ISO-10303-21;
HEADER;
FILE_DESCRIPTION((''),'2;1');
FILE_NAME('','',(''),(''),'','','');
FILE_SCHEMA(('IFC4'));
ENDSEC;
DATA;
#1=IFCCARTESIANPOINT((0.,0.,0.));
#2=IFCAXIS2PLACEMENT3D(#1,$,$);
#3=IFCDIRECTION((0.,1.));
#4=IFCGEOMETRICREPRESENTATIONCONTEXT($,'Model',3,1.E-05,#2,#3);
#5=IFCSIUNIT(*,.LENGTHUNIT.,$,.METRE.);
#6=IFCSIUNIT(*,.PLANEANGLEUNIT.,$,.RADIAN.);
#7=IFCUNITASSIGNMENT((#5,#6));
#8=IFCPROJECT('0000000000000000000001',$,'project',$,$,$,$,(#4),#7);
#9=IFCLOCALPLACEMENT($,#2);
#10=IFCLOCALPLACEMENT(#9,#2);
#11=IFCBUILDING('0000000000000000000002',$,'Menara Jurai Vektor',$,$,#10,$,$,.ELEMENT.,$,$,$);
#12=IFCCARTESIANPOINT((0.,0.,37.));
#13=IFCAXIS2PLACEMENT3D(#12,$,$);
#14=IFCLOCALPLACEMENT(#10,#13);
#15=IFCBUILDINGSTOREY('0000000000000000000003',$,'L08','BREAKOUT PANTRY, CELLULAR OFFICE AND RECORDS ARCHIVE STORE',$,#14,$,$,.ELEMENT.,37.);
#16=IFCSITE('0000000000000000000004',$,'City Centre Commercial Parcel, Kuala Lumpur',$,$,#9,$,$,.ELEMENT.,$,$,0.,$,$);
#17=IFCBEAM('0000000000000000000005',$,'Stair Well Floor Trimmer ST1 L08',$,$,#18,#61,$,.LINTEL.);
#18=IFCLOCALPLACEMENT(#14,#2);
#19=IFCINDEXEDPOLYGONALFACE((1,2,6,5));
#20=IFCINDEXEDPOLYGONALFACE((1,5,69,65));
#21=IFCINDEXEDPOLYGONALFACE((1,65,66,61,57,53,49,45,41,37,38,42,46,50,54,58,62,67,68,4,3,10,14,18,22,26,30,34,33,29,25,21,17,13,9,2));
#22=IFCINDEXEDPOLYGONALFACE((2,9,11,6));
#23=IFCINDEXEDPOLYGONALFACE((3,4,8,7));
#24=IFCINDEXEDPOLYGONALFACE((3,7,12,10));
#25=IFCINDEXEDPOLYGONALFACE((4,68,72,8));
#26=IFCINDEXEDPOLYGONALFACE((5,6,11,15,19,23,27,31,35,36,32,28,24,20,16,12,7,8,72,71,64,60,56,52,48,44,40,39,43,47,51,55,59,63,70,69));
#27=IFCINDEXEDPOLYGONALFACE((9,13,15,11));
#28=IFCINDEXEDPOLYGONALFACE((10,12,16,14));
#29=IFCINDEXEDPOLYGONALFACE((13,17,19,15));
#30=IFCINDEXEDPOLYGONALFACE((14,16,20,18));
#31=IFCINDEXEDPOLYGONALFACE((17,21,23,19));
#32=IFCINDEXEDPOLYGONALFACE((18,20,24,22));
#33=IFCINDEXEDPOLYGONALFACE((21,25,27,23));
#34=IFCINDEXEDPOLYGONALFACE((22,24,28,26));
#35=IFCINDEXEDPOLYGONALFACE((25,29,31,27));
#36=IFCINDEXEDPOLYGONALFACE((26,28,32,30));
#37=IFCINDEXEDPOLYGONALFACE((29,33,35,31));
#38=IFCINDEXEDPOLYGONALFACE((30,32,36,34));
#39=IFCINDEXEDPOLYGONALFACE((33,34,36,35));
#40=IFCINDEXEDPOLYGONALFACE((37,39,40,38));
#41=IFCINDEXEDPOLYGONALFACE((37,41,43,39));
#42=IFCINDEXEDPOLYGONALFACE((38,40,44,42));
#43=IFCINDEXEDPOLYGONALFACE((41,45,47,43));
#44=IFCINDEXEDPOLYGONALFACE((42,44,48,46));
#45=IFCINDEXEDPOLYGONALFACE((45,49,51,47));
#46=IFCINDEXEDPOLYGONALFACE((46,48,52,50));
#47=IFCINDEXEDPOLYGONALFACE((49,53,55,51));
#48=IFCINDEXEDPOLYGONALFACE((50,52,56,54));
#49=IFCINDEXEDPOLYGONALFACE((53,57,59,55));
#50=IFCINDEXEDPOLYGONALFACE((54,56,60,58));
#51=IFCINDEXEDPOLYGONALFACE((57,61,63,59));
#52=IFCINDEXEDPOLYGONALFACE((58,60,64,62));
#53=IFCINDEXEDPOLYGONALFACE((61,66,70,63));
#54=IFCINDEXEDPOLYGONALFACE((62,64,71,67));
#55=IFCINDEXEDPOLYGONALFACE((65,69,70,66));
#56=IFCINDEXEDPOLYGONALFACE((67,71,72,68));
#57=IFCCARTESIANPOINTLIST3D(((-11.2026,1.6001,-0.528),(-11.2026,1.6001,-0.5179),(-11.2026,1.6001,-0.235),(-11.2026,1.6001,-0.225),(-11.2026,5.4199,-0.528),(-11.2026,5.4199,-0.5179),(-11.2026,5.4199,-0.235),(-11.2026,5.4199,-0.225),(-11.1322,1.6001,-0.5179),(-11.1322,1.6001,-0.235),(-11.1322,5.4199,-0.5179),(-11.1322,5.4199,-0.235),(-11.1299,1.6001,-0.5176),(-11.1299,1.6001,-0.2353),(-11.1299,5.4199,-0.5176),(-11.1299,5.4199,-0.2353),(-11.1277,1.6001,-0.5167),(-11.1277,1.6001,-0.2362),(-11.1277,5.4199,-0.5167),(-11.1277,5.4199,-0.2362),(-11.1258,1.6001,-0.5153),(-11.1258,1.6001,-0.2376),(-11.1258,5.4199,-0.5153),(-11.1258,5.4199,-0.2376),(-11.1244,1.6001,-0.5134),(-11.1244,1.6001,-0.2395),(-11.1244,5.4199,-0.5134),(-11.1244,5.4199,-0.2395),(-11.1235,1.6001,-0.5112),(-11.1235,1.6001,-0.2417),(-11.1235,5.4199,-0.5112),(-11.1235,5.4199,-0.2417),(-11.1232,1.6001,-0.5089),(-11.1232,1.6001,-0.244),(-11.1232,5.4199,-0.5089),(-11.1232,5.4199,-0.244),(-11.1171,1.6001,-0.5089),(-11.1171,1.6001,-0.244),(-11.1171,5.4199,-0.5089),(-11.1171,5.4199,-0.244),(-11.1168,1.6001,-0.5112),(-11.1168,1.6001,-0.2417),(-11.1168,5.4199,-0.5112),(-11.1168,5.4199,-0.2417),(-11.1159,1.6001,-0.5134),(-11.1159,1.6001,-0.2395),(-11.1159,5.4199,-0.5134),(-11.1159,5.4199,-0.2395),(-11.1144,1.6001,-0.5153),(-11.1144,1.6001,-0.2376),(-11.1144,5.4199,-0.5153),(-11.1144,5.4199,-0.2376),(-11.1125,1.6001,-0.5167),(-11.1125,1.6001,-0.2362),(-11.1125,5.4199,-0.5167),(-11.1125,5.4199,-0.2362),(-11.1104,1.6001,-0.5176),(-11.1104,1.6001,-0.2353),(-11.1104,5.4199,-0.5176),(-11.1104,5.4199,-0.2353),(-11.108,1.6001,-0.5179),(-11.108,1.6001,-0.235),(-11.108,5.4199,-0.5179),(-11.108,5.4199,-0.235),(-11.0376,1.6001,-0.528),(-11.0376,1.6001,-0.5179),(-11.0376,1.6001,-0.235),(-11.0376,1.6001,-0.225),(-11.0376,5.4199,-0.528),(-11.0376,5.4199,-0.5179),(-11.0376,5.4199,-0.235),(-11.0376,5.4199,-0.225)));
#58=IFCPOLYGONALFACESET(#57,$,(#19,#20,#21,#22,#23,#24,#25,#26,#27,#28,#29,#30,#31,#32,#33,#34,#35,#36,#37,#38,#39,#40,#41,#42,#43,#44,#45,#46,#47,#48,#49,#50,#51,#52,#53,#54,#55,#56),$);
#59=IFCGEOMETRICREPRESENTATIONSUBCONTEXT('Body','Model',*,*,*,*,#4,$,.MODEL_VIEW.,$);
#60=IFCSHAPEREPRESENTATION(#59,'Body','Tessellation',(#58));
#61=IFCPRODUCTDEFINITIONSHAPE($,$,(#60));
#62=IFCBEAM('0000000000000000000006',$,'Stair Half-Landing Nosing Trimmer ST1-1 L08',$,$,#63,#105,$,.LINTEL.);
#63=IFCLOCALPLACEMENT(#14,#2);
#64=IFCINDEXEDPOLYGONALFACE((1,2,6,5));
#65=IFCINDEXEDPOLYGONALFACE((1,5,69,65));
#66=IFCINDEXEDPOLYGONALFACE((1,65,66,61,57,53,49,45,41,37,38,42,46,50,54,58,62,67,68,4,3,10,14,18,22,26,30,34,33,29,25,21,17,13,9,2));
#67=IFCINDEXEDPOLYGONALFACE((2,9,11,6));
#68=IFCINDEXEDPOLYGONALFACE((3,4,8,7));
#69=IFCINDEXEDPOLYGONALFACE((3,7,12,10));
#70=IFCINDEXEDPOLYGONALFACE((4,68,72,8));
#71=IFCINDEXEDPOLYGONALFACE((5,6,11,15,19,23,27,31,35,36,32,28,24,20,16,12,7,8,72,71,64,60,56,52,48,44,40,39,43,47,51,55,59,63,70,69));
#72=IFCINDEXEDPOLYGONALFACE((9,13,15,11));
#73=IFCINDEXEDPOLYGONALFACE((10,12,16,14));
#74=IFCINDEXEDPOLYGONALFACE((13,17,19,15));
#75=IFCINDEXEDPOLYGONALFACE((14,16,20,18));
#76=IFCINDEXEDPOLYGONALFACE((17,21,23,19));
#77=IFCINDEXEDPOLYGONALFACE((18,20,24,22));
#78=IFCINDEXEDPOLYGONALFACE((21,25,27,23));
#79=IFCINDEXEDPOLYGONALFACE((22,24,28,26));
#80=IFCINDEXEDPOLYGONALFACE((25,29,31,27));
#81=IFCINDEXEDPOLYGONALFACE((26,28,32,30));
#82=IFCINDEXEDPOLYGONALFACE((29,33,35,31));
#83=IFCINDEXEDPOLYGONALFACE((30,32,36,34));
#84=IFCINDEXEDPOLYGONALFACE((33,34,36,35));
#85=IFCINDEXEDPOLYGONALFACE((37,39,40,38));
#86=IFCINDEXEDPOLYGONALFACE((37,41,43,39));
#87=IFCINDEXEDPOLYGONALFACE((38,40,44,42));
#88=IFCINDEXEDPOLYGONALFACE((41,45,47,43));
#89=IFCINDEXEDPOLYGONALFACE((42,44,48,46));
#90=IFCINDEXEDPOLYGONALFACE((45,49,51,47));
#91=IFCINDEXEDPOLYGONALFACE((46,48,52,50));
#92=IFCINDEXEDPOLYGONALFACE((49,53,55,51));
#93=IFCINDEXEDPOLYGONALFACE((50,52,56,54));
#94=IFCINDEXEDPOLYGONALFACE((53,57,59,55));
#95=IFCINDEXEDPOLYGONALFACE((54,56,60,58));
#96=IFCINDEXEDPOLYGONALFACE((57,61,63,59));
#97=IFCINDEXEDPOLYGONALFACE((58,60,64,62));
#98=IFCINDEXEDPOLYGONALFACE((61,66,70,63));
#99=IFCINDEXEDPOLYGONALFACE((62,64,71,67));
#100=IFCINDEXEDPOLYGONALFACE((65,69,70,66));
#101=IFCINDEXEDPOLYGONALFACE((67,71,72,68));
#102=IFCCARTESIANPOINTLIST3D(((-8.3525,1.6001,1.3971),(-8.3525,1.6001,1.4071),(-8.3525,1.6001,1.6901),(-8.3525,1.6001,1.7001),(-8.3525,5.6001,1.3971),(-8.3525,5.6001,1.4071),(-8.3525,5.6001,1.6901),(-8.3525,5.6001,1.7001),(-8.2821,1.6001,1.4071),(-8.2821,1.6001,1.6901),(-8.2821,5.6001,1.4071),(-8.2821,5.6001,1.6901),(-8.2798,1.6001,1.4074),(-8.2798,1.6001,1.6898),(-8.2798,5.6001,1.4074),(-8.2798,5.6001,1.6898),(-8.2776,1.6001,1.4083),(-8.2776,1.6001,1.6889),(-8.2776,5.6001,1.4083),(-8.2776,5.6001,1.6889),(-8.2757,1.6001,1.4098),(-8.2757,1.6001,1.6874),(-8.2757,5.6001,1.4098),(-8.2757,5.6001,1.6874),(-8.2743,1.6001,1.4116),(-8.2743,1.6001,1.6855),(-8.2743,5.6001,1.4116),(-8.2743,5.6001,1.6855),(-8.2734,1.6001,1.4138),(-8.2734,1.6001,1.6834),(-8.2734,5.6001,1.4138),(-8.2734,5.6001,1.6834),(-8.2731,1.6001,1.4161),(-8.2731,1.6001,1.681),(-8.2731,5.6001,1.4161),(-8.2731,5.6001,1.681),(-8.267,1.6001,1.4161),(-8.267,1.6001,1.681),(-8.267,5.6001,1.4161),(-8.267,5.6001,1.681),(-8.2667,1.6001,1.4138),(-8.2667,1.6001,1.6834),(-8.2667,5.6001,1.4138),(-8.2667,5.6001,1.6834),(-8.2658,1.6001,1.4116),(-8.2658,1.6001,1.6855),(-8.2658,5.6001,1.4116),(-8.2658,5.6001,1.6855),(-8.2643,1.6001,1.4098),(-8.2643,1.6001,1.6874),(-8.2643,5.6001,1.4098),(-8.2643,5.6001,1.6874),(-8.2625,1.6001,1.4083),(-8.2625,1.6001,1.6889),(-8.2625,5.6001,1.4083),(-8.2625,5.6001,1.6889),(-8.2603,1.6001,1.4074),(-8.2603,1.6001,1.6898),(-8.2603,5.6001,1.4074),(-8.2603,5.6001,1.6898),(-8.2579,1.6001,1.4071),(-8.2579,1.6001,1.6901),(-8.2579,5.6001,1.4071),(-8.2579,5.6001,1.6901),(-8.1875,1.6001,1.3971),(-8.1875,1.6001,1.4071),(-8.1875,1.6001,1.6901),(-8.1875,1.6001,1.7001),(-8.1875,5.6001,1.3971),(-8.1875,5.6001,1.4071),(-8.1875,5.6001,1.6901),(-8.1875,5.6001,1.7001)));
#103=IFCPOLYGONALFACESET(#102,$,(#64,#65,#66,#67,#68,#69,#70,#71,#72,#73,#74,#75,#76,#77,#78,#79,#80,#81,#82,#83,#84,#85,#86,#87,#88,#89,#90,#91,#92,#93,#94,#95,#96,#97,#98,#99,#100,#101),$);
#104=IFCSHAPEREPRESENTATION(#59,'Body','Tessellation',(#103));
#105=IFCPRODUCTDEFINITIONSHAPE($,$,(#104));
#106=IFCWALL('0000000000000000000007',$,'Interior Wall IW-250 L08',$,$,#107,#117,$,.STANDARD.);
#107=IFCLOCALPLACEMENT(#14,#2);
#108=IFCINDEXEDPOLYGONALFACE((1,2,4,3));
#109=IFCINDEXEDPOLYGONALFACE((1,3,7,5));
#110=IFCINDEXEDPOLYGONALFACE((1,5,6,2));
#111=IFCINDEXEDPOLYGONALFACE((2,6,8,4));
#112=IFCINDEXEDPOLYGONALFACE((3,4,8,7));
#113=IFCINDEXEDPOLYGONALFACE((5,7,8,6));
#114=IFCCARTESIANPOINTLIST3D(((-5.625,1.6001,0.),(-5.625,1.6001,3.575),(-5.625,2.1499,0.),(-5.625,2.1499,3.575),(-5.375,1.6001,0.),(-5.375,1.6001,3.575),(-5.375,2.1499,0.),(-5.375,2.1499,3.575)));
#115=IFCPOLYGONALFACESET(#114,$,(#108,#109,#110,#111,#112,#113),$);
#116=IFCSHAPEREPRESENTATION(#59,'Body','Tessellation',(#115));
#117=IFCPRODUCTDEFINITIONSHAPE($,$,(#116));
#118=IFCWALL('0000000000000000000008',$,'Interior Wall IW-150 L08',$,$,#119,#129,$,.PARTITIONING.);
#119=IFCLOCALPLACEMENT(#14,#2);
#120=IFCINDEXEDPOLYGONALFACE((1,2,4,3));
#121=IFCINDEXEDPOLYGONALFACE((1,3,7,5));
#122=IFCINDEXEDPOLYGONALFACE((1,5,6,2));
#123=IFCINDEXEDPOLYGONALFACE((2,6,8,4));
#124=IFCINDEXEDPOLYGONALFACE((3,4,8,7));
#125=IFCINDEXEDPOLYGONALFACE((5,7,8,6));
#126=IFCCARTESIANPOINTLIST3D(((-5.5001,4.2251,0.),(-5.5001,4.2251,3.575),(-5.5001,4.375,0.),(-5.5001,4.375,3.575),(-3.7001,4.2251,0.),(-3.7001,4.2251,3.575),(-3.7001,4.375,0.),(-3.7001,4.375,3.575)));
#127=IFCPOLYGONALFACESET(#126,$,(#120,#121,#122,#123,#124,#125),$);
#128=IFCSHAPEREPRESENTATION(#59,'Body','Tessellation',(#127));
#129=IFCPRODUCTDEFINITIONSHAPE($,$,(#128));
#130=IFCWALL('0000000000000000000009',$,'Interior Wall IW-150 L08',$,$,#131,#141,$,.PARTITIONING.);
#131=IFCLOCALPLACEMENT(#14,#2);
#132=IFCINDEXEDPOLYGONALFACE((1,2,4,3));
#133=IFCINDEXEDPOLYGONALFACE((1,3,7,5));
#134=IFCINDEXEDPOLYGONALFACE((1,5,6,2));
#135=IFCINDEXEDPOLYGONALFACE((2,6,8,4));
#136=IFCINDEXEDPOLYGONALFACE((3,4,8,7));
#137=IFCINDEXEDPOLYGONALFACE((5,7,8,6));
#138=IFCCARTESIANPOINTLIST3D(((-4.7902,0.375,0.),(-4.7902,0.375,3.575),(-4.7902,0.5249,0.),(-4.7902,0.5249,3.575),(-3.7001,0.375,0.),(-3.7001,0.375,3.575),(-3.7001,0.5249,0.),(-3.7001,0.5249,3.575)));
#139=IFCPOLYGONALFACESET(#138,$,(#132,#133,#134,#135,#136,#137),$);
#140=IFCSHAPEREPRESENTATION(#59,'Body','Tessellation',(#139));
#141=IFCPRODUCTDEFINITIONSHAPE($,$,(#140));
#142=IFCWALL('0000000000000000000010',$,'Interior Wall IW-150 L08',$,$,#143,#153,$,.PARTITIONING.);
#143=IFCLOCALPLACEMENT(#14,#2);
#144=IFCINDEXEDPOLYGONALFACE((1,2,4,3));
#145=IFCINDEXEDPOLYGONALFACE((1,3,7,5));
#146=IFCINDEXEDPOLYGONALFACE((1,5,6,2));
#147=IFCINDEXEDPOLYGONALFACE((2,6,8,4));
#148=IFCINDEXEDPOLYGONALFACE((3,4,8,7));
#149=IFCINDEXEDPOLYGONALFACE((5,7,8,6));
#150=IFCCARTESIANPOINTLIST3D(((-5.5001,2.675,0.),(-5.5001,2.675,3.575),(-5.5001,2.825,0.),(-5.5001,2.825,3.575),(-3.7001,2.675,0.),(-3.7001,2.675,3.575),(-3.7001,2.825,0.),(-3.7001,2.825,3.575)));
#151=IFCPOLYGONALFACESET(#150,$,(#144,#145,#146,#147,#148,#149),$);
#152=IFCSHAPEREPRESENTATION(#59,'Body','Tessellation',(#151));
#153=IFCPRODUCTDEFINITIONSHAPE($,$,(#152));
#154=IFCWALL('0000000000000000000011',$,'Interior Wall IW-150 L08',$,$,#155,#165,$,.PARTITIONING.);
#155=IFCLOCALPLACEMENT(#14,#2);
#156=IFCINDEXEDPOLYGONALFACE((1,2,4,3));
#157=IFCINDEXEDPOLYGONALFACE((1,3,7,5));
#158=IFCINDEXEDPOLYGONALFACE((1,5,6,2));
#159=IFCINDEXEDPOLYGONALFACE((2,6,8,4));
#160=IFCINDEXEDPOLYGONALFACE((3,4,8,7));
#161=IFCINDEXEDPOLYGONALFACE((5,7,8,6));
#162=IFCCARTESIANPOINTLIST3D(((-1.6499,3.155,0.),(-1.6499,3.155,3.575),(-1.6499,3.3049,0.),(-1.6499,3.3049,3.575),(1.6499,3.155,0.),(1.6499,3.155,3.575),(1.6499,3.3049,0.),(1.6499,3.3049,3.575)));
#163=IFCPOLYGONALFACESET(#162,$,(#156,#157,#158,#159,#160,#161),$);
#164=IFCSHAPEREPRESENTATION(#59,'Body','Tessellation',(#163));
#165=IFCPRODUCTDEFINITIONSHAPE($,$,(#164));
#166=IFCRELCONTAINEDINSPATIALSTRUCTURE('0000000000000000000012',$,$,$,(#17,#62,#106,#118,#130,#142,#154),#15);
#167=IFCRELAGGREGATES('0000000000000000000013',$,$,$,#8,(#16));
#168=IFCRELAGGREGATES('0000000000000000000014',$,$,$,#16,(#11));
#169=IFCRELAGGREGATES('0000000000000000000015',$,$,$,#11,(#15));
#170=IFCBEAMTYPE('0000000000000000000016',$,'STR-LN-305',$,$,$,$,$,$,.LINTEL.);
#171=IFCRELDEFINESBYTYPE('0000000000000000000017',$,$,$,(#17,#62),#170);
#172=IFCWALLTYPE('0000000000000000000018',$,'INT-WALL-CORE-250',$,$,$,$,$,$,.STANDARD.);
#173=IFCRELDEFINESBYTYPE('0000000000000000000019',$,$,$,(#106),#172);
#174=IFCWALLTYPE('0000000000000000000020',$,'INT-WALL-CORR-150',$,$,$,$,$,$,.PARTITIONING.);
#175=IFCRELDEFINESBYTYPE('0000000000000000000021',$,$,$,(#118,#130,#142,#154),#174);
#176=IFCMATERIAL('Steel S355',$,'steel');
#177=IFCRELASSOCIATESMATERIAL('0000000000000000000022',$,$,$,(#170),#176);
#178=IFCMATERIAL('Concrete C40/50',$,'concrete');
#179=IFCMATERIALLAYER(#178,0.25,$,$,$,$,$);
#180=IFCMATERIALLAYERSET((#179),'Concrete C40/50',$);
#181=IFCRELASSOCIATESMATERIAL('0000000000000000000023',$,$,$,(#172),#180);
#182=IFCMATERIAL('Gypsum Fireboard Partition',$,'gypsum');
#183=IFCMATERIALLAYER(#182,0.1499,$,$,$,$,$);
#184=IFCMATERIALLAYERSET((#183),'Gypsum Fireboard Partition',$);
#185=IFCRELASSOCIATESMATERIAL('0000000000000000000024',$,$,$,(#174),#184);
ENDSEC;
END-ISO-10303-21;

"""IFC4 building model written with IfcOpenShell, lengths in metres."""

from ifc_helpers import new_model, si_unit, direction, frame, frame_2d, origin, origin_2d, place, context, subcontext, project, spatial, rectangle, i_section, extrude, material, layer, layer_set, material_profile, profile_set, type_object, element, save


model = new_model("IFC4")

# Units and contexts
model_context = context("Model", 3, precision=1e-05, world=origin(), true_north=direction((0.0, 1.0)))
body_context = subcontext(model_context, "Body", "Model", "MODEL_VIEW")
ifc_project = project(units=[si_unit("LENGTHUNIT", "METRE"), si_unit("PLANEANGLEUNIT", "RADIAN")], contexts=[model_context])

# Site, building, storey
site_placement = place(None, origin())
site = spatial("IfcSite", under=ifc_project, at=site_placement, Name="City Centre Commercial Parcel, Kuala Lumpur", CompositionType="ELEMENT", RefElevation=0.0)
building_placement = place(site_placement, origin())
building = spatial("IfcBuilding", under=site, at=building_placement, Name="Menara Jurai Vektor", CompositionType="ELEMENT")
storey_placement = place(building_placement, frame((0.0, 0.0, 37.0)))
storey = spatial("IfcBuildingStorey", under=building, at=storey_placement, Name="L08", Description="BREAKOUT PANTRY, CELLULAR OFFICE AND RECORDS ARCHIVE STORE", CompositionType="ELEMENT", Elevation=37.0)

# Shared definitions
ifc_material_1 = material(Name="Steel S355", Category="steel")

# Beams
ifc_material_profile_1 = material_profile(ifc_material_1, i_section(OverallWidth=0.165, OverallDepth=0.303, WebThickness=0.0061, FlangeThickness=0.01, FilletRadius=0.009, at=origin_2d()), Name="UKB 305x165x40")
ifc_profile_set_1 = profile_set([ifc_material_profile_1], Name="Steel S355")
beam_type_1 = type_object("IfcBeamType", Name="STR-LN-305", PredefinedType="LINTEL", material=ifc_profile_set_1)
beam_1_placement = place(storey_placement, frame((-11.1201, 1.6001, -0.3765), z_axis=(0.0, 1.0, 0.0), x_axis=(-1.0, 0.0, 0.0)))
element("IfcBeam", 1, at=beam_1_placement, inside=storey, type_object=beam_type_1, Name="Stair Well Floor Trimmer ST1 L08", PredefinedType="LINTEL", context=body_context, shape_type="SweptSolid", body=[
    extrude(i_section(OverallWidth=0.165, OverallDepth=0.303, WebThickness=0.0061, FlangeThickness=0.01, FilletRadius=0.009, at=origin_2d()), origin(), (0.0, 0.0, 1.0), 3.8198),
])
beam_2_placement = place(storey_placement, frame((-8.27, 1.6001, 1.5486), z_axis=(0.0, 1.0, 0.0), x_axis=(-1.0, 0.0, 0.0)))
element("IfcBeam", 2, at=beam_2_placement, inside=storey, type_object=beam_type_1, Name="Stair Half-Landing Nosing Trimmer ST1-1 L08", PredefinedType="LINTEL", context=body_context, shape_type="SweptSolid", body=[
    extrude(i_section(OverallWidth=0.165, OverallDepth=0.303, WebThickness=0.0061, FlangeThickness=0.01, FilletRadius=0.009, at=origin_2d()), origin(), (0.0, 0.0, 1.0), 4.0),
])

# Shared definitions
ifc_material_2 = material(Name="Concrete C40/50", Category="concrete")
ifc_layer_1 = layer(ifc_material_2, 0.25)
ifc_layer_set_1 = layer_set([ifc_layer_1], Name="Concrete C40/50")
wall_type_1 = type_object("IfcWallType", Name="INT-WALL-CORE-250", PredefinedType="STANDARD", material=ifc_layer_set_1)

# Walls
wall_1_placement = place(storey_placement, frame((-5.5, 1.6001, 0.0), z_axis=(0.0, 0.0, 1.0), x_axis=(0.0, 1.0, 0.0)))
element("IfcWall", 3, at=wall_1_placement, inside=storey, type_object=wall_type_1, Name="Interior Wall IW-250 L08", PredefinedType="STANDARD", context=body_context, shape_type="SweptSolid", body=[
    extrude(rectangle(XDim=0.5498, YDim=0.25, at=frame_2d((0.2749, 0.0))), origin(), (0.0, 0.0, 1.0), 3.575),
])
ifc_material_3 = material(Name="Gypsum Fireboard Partition", Category="gypsum")
ifc_layer_2 = layer(ifc_material_3, 0.1499)
ifc_layer_set_2 = layer_set([ifc_layer_2], Name="Gypsum Fireboard Partition")
wall_type_2 = type_object("IfcWallType", Name="INT-WALL-CORR-150", PredefinedType="PARTITIONING", material=ifc_layer_set_2)
wall_2_placement = place(storey_placement, frame((-5.5, 4.3, 0.0), z_axis=(0.0, 0.0, 1.0), x_axis=(1.0, 0.0, 0.0)))
element("IfcWall", 4, at=wall_2_placement, inside=storey, type_object=wall_type_2, Name="Interior Wall IW-150 L08", PredefinedType="PARTITIONING", context=body_context, shape_type="SweptSolid", body=[
    extrude(rectangle(XDim=1.8, YDim=0.1499, at=frame_2d((0.8999, 0.0))), origin(), (0.0, 0.0, 1.0), 3.575),
])
wall_3_placement = place(storey_placement, frame((-4.79, 0.45, 0.0), z_axis=(0.0, 0.0, 1.0), x_axis=(1.0, 0.0, 0.0)))
element("IfcWall", 5, at=wall_3_placement, inside=storey, type_object=wall_type_2, Name="Interior Wall IW-150 L08", PredefinedType="PARTITIONING", context=body_context, shape_type="SweptSolid", body=[
    extrude(rectangle(XDim=1.0901, YDim=0.1499, at=frame_2d((0.5449, 0.0))), origin(), (0.0, 0.0, 1.0), 3.575),
])
wall_4_placement = place(storey_placement, frame((-5.5, 2.75, 0.0), z_axis=(0.0, 0.0, 1.0), x_axis=(1.0, 0.0, 0.0)))
element("IfcWall", 6, at=wall_4_placement, inside=storey, type_object=wall_type_2, Name="Interior Wall IW-150 L08", PredefinedType="PARTITIONING", context=body_context, shape_type="SweptSolid", body=[
    extrude(rectangle(XDim=1.8, YDim=0.1499, at=frame_2d((0.8999, 0.0))), origin(), (0.0, 0.0, 1.0), 3.575),
])
wall_5_placement = place(storey_placement, frame((-1.6499, 3.23, 0.0), z_axis=(0.0, 0.0, 1.0), x_axis=(1.0, 0.0, 0.0)))
element("IfcWall", 7, at=wall_5_placement, inside=storey, type_object=wall_type_2, Name="Interior Wall IW-150 L08", PredefinedType="PARTITIONING", context=body_context, shape_type="SweptSolid", body=[
    extrude(rectangle(XDim=3.2998, YDim=0.1499, at=frame_2d((1.6499, 0.0))), origin(), (0.0, 0.0, 1.0), 3.575),
])

save(model, "model.ifc")
